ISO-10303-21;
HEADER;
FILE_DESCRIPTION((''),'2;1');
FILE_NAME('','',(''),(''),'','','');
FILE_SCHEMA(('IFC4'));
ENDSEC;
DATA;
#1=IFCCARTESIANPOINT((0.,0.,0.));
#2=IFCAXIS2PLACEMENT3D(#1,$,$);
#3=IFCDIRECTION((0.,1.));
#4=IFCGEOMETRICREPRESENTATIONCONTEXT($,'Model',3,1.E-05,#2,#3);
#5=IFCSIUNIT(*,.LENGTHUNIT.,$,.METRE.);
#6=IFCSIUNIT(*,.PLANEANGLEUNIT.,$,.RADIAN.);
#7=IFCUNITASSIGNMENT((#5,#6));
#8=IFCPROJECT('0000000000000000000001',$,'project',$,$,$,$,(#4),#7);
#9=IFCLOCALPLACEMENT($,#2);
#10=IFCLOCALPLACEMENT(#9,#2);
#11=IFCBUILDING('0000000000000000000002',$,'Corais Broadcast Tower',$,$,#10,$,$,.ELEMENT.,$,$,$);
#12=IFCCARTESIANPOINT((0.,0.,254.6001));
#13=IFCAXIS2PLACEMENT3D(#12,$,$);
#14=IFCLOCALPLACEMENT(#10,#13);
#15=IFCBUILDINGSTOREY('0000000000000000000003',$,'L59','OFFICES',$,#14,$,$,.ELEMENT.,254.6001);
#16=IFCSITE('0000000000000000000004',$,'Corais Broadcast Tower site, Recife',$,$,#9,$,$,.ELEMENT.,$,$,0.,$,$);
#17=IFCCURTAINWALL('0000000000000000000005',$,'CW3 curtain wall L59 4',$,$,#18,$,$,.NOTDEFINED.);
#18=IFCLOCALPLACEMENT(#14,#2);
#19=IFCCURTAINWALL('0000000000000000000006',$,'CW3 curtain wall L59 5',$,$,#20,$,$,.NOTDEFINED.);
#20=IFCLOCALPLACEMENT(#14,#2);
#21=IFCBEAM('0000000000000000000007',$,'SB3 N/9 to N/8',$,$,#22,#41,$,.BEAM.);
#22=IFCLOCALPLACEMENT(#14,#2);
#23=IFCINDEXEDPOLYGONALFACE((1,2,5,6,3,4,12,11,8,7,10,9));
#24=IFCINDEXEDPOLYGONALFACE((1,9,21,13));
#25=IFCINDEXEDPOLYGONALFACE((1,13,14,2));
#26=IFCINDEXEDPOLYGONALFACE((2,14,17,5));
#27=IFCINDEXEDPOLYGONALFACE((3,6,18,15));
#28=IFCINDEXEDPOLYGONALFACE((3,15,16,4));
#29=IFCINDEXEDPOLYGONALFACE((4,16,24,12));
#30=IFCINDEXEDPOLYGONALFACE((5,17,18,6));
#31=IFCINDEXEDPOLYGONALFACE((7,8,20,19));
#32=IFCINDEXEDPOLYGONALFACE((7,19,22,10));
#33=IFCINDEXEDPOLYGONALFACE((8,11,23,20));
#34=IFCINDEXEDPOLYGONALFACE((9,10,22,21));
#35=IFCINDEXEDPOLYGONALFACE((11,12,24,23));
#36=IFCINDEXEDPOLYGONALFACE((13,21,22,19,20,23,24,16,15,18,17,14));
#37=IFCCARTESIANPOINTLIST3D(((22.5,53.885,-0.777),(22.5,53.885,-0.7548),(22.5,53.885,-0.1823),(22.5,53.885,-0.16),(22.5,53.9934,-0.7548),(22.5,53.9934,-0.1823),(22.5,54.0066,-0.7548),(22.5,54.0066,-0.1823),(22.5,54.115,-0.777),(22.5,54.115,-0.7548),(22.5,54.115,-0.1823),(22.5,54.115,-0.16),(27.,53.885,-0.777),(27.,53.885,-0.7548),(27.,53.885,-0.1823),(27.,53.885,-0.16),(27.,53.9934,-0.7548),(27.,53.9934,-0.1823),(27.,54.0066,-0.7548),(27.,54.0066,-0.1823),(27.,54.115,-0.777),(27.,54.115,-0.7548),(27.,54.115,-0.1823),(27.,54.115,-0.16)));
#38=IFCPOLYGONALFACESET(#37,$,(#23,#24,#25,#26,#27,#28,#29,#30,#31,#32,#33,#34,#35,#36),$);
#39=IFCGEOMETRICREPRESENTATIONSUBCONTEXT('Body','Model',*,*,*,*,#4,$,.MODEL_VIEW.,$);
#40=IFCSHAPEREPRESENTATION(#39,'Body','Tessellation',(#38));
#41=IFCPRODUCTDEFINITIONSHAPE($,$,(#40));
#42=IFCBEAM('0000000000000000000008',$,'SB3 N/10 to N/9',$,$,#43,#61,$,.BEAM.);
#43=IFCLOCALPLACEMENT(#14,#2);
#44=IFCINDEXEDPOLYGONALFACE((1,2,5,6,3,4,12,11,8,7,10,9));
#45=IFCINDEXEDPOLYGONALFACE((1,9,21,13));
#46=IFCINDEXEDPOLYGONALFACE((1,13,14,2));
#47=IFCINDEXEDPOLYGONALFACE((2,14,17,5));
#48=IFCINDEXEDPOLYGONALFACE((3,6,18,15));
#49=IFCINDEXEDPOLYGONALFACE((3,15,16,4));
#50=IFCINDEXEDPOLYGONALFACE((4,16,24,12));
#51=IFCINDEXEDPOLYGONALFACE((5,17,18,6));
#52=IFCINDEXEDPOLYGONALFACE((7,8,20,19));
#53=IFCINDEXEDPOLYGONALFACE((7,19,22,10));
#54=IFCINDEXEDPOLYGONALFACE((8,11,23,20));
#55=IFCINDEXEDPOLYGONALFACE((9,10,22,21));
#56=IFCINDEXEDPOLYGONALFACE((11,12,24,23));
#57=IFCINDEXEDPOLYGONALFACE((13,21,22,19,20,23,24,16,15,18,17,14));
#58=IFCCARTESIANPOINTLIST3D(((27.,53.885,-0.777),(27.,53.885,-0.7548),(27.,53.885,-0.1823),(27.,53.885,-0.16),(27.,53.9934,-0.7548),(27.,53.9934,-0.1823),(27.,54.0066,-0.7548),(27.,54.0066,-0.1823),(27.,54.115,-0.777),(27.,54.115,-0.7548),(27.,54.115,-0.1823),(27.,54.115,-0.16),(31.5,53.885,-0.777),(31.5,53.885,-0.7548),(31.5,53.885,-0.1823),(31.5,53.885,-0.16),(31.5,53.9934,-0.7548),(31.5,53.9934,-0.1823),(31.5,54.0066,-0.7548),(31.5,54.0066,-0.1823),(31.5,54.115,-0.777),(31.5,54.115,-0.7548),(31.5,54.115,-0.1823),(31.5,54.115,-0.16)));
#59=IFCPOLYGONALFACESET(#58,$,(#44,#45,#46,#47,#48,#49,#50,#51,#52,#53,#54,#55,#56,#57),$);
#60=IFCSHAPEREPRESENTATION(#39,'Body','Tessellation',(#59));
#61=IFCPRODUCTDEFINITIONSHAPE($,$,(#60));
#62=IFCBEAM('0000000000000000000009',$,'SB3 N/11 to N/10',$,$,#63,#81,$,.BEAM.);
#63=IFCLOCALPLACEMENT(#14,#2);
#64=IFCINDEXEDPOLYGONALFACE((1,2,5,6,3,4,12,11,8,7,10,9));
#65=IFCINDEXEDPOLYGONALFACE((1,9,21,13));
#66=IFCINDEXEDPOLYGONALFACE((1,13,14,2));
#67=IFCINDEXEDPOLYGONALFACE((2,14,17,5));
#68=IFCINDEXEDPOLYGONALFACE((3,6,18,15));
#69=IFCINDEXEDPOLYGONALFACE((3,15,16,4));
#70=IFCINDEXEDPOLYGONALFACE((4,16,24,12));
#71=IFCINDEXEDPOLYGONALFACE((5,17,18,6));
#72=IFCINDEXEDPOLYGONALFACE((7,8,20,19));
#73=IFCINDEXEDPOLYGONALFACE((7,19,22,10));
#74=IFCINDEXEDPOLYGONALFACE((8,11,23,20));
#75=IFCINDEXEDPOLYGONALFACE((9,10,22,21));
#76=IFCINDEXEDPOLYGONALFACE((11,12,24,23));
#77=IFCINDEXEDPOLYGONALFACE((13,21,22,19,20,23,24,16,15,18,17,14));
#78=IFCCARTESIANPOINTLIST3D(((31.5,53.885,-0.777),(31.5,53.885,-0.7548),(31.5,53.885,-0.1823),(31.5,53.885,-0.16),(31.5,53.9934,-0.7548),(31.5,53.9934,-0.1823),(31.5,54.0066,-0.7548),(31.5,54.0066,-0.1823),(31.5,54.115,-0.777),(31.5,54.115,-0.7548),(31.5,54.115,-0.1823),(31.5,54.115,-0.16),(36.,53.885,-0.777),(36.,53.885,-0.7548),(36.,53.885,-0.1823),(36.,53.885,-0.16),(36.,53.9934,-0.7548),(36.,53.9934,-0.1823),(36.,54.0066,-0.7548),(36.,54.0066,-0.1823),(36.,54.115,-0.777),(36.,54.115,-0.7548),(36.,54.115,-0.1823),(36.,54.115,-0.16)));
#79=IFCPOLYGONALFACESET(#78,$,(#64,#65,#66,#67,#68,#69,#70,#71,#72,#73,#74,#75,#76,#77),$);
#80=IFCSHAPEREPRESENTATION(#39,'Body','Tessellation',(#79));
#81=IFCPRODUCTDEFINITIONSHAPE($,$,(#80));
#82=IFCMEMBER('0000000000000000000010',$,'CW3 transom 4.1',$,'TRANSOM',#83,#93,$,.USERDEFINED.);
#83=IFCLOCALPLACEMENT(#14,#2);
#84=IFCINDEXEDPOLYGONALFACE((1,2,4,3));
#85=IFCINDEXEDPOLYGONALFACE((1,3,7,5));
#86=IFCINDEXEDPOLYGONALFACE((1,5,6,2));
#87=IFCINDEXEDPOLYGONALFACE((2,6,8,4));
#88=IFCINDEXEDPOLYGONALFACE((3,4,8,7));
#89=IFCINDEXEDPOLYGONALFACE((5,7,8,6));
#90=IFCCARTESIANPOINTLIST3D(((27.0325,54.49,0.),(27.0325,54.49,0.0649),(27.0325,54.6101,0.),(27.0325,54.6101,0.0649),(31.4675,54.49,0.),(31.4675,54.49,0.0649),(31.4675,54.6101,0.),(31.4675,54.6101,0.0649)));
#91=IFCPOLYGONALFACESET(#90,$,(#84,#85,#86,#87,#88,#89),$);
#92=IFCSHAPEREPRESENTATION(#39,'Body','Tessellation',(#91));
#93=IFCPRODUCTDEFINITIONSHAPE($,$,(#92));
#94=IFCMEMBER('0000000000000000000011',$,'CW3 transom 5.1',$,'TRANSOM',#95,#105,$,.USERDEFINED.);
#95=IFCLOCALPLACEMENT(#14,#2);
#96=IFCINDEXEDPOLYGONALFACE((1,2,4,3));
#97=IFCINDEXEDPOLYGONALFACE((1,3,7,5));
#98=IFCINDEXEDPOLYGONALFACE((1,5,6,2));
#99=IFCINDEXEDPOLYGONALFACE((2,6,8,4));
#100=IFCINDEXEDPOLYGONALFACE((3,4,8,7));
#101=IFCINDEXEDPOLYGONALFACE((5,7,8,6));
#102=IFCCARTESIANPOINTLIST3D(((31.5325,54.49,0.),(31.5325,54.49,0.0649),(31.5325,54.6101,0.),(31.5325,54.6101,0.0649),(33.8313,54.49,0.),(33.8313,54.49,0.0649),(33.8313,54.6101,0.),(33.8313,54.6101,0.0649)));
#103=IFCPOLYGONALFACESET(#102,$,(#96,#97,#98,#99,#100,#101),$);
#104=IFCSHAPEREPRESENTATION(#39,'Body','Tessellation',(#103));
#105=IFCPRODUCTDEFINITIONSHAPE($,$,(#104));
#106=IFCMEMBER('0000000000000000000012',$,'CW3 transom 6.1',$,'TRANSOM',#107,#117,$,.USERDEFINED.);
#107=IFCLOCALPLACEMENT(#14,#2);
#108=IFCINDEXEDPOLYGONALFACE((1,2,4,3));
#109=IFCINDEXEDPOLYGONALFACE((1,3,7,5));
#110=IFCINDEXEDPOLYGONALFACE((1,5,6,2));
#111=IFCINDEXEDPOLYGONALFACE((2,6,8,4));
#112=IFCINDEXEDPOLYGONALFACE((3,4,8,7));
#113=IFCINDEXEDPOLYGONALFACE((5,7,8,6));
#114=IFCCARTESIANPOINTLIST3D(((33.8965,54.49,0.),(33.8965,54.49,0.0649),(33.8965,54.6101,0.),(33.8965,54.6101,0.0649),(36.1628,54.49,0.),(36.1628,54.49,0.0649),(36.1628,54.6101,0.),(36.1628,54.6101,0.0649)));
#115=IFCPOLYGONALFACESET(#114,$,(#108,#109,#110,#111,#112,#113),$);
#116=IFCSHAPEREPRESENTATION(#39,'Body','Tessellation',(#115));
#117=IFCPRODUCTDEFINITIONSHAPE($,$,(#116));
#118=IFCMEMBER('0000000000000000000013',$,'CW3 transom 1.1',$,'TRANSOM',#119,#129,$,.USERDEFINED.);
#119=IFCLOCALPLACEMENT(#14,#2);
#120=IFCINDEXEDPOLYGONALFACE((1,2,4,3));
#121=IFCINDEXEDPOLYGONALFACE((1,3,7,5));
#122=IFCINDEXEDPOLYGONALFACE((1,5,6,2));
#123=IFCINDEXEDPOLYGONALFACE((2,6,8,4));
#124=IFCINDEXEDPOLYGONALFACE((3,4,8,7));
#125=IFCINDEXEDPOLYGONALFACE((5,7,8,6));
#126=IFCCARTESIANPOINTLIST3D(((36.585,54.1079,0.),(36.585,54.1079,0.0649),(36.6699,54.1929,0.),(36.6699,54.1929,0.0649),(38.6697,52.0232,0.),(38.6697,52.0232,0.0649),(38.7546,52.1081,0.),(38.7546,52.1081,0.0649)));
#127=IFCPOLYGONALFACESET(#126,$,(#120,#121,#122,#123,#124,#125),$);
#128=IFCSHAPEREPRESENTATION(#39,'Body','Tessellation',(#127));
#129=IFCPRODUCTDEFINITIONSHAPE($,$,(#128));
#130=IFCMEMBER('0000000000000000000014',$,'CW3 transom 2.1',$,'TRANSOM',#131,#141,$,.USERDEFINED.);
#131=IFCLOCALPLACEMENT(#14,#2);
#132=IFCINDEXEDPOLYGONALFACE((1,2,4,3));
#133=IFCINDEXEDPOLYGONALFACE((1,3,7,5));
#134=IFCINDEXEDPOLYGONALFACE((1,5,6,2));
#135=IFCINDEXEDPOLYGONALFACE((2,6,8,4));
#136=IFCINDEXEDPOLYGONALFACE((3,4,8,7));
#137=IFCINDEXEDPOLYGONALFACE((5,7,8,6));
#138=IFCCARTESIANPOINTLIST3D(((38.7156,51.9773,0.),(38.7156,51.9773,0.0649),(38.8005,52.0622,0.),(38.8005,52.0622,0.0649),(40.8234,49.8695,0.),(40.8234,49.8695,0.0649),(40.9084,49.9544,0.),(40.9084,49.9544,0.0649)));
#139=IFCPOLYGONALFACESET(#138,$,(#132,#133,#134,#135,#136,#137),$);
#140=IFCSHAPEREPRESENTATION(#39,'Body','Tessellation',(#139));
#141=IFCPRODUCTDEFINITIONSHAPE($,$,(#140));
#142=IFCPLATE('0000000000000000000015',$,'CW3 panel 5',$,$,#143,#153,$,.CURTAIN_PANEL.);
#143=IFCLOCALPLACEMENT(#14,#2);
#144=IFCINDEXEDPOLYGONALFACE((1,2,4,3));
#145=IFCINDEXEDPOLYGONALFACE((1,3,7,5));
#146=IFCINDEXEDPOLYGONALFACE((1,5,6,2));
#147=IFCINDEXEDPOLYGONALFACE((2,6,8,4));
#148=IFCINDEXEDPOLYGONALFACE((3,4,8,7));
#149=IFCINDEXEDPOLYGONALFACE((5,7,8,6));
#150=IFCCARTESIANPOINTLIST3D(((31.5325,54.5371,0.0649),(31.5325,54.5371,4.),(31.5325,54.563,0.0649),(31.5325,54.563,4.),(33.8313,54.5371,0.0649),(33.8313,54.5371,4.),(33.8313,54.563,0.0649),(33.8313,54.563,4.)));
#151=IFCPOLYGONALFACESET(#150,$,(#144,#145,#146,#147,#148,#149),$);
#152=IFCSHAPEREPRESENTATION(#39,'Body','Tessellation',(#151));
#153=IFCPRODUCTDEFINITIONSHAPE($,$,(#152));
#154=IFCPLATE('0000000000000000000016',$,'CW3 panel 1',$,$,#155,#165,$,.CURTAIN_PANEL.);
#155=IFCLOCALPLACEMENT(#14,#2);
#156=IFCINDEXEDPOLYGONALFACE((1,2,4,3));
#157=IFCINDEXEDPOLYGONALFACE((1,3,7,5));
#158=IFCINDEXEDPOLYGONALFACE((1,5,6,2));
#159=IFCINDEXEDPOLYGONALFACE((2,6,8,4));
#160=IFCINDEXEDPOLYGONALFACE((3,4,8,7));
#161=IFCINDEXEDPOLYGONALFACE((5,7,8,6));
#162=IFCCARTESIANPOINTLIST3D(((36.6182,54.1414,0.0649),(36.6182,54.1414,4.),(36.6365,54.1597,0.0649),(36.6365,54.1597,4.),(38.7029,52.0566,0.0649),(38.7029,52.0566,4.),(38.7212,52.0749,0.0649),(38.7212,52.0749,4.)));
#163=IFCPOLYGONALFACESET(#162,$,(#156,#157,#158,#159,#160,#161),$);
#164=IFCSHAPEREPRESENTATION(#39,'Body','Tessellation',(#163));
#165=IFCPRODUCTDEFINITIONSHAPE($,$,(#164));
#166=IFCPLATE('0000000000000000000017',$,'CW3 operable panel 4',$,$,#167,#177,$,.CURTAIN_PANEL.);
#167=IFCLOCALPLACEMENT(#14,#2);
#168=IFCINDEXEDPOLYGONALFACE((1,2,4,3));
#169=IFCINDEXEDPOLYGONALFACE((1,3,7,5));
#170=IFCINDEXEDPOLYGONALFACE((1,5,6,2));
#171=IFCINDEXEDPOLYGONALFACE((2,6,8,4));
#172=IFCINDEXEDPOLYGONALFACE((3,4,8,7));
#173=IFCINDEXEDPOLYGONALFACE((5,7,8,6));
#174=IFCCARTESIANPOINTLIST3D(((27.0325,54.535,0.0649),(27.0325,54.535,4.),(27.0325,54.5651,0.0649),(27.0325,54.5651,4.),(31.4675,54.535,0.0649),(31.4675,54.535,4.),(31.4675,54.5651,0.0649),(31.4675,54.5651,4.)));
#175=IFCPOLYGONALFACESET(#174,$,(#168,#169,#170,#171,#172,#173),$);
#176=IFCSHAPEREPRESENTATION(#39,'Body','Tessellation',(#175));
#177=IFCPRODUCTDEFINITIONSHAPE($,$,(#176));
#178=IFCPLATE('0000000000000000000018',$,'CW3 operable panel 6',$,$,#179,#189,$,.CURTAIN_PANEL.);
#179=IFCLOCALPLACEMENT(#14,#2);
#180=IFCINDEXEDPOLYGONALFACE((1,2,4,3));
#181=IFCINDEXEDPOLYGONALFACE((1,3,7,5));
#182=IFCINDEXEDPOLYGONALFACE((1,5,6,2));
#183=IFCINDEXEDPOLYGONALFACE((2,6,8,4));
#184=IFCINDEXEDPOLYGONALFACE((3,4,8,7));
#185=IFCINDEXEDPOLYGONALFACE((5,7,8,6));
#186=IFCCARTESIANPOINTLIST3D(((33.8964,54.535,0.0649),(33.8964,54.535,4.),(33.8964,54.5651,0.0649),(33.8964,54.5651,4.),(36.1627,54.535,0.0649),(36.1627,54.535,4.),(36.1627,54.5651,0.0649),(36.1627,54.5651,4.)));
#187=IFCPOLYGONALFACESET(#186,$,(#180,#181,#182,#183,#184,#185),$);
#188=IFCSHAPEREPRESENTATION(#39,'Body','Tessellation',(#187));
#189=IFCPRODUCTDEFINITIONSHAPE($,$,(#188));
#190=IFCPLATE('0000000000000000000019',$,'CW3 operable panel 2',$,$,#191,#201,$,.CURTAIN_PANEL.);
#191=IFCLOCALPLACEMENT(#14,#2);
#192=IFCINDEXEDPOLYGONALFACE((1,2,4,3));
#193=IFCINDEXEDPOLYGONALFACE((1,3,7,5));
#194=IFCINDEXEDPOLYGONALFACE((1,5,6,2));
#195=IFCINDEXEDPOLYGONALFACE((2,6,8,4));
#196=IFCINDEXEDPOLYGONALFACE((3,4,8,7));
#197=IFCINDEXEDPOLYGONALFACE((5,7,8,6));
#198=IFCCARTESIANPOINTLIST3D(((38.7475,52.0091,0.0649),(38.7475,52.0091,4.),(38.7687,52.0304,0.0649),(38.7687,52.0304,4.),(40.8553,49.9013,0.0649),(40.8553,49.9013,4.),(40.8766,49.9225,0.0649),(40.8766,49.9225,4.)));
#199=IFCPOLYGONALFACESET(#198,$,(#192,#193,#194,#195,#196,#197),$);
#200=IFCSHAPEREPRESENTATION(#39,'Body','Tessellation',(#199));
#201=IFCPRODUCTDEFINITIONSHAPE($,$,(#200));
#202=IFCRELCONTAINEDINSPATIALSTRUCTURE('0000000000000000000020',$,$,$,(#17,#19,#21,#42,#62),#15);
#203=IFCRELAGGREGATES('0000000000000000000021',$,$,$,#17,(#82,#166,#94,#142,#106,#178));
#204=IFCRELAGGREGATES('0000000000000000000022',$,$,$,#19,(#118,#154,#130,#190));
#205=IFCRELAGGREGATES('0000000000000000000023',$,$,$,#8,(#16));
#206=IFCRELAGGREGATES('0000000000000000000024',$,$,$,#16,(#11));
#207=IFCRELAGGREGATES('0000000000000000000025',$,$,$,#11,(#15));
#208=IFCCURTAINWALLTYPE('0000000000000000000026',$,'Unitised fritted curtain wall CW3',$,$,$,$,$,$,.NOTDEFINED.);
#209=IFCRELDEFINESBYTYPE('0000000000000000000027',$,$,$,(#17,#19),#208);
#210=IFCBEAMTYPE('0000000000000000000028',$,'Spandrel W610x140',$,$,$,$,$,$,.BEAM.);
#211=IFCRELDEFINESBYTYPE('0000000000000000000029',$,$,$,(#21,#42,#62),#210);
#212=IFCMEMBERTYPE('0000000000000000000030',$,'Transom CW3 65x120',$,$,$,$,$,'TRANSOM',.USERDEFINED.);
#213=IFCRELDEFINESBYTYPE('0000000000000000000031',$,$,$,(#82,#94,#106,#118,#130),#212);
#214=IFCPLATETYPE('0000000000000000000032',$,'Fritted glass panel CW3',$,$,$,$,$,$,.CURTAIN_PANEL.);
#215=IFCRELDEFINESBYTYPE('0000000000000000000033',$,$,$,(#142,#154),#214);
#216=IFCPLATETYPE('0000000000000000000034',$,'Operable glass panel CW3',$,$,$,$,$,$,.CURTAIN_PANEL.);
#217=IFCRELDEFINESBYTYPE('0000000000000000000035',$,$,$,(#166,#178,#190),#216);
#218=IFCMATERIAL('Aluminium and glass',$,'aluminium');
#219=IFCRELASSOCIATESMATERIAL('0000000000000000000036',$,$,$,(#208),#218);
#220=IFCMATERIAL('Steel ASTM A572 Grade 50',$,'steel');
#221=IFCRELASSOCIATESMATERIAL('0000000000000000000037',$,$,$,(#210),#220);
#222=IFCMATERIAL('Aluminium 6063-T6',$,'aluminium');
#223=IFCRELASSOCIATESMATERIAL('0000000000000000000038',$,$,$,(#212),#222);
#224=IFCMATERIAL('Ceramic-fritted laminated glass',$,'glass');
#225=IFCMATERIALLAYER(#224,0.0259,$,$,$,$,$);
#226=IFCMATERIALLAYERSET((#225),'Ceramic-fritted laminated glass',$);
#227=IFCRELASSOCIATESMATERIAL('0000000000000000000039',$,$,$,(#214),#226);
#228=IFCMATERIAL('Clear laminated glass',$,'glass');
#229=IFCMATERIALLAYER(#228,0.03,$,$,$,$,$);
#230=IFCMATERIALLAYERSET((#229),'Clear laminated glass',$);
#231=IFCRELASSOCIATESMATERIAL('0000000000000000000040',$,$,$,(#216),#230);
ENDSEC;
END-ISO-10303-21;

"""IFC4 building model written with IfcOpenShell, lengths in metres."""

from ifc_helpers import new_model, si_unit, direction, frame, origin, origin_2d, place, context, subcontext, project, spatial, rectangle, i_section, extrude, material, layer, layer_set, material_profile, profile_set, type_object, element, aggregate, save


model = new_model("IFC4")

# Units and contexts
model_context = context("Model", 3, precision=1e-05, world=origin(), true_north=direction((0.0, 1.0)))
body_context = subcontext(model_context, "Body", "Model", "MODEL_VIEW")
ifc_project = project(units=[si_unit("LENGTHUNIT", "METRE"), si_unit("PLANEANGLEUNIT", "RADIAN")], contexts=[model_context])

# Site, building, storey
site_placement = place(None, origin())
site = spatial("IfcSite", under=ifc_project, at=site_placement, Name="Corais Broadcast Tower site, Recife", CompositionType="ELEMENT", RefElevation=0.0)
building_placement = place(site_placement, origin())
building = spatial("IfcBuilding", under=site, at=building_placement, Name="Corais Broadcast Tower", CompositionType="ELEMENT")
storey_placement = place(building_placement, frame((0.0, 0.0, 254.6001)))
storey = spatial("IfcBuildingStorey", under=building, at=storey_placement, Name="L59", Description="OFFICES", CompositionType="ELEMENT", Elevation=254.6001)

# Curtain walls
ifc_material_1 = material(Name="Aluminium and glass", Category="aluminium")
curtain_wall_type = type_object("IfcCurtainWallType", Name="Unitised fritted curtain wall CW3", PredefinedType="NOTDEFINED", material=ifc_material_1)
curtain_wall_1_placement = place(storey_placement, origin())
curtain_wall_1 = element("IfcCurtainWall", 1, at=curtain_wall_1_placement, inside=storey, type_object=curtain_wall_type, Name="CW3 curtain wall L59 4", PredefinedType="NOTDEFINED")
curtain_wall_2_placement = place(storey_placement, origin())
curtain_wall_2 = element("IfcCurtainWall", 2, at=curtain_wall_2_placement, inside=storey, type_object=curtain_wall_type, Name="CW3 curtain wall L59 5", PredefinedType="NOTDEFINED")

# Beams
ifc_material_2 = material(Name="Steel ASTM A572 Grade 50", Category="steel")
ifc_material_profile_1 = material_profile(ifc_material_2, i_section(OverallWidth=0.23, OverallDepth=0.6169, WebThickness=0.0132, FlangeThickness=0.0222, at=origin_2d()), Name="W610x140")
ifc_profile_set_1 = profile_set([ifc_material_profile_1], Name="Steel ASTM A572 Grade 50")
beam_type_1 = type_object("IfcBeamType", Name="Spandrel W610x140", PredefinedType="BEAM", material=ifc_profile_set_1)
for number, where, z_axis, x_axis, name in (
    (3, (27.0, 54.0, -0.4685), (-1.0, 0.0, 0.0), (0.0, -1.0, 0.0), "SB3 N/9 to N/8"),
    (4, (31.5, 54.0, -0.4685), (-1.0, 0.0, 0.0), (0.0, -1.0, 0.0), "SB3 N/10 to N/9"),
    (5, (36.0, 54.0, -0.4685), (-1.0, 0.0, 0.0), (0.0, -1.0, 0.0), "SB3 N/11 to N/10"),
):
    element("IfcBeam", number, at=place(storey_placement, frame(where, z_axis=z_axis, x_axis=x_axis)), inside=storey, type_object=beam_type_1, Name=name, PredefinedType="BEAM", context=body_context, shape_type="SweptSolid", body=[
        extrude(i_section(OverallWidth=0.23, OverallDepth=0.6169, WebThickness=0.0132, FlangeThickness=0.0222, at=origin_2d()), origin(), (0.0, 0.0, 1.0), 4.5),
    ])

# Members
ifc_material_3 = material(Name="Aluminium 6063-T6", Category="aluminium")
ifc_material_profile_2 = material_profile(ifc_material_3, rectangle(XDim=0.1201, YDim=0.0649, at=origin_2d()), Name="Transom CW3 65x120")
ifc_profile_set_2 = profile_set([ifc_material_profile_2], Name="Aluminium 6063-T6")
member_type_1 = type_object("IfcMemberType", Name="Transom CW3 65x120", ElementType="TRANSOM", PredefinedType="USERDEFINED", material=ifc_profile_set_2)
member_1_placement = place(storey_placement, frame((27.0325, 54.55, 0.0325), z_axis=(1.0, 0.0, 0.0), x_axis=(0.0, 1.0, 0.0)))
member_1 = element("IfcMember", 6, at=member_1_placement, type_object=member_type_1, Name="CW3 transom 4.1", ObjectType="TRANSOM", PredefinedType="USERDEFINED", context=body_context, shape_type="SweptSolid", body=[
    extrude(rectangle(XDim=0.1201, YDim=0.0649, at=origin_2d()), origin(), (0.0, 0.0, 1.0), 4.4351),
])
member_2_placement = place(storey_placement, frame((31.5325, 54.55, 0.0325), z_axis=(1.0, 0.0, 0.0), x_axis=(0.0, 1.0, 0.0)))
member_2 = element("IfcMember", 7, at=member_2_placement, type_object=member_type_1, Name="CW3 transom 5.1", ObjectType="TRANSOM", PredefinedType="USERDEFINED", context=body_context, shape_type="SweptSolid", body=[
    extrude(rectangle(XDim=0.1201, YDim=0.0649, at=origin_2d()), origin(), (0.0, 0.0, 1.0), 2.2988),
])
member_3_placement = place(storey_placement, frame((33.8965, 54.55, 0.0325), z_axis=(1.0, 0.0, 0.0), x_axis=(0.0, 1.0, 0.0)))
member_3 = element("IfcMember", 8, at=member_3_placement, type_object=member_type_1, Name="CW3 transom 6.1", ObjectType="TRANSOM", PredefinedType="USERDEFINED", context=body_context, shape_type="SweptSolid", body=[
    extrude(rectangle(XDim=0.1201, YDim=0.0649, at=origin_2d()), origin(), (0.0, 0.0, 1.0), 2.2664),
])
member_4_placement = place(storey_placement, frame((36.6274, 54.1504, 0.0325), z_axis=(0.707107, -0.707107, 0.0), x_axis=(0.707107, 0.707107, 0.0)))
member_4 = element("IfcMember", 9, at=member_4_placement, type_object=member_type_1, Name="CW3 transom 1.1", ObjectType="TRANSOM", PredefinedType="USERDEFINED", context=body_context, shape_type="SweptSolid", body=[
    extrude(rectangle(XDim=0.1201, YDim=0.0649, at=origin_2d()), origin(), (0.0, 0.0, 1.0), 2.9482),
])
member_5_placement = place(storey_placement, frame((38.7581, 52.0198, 0.0325), z_axis=(0.707107, -0.707107, 0.0), x_axis=(0.707107, 0.707107, 0.0)))
member_5 = element("IfcMember", 10, at=member_5_placement, type_object=member_type_1, Name="CW3 transom 2.1", ObjectType="TRANSOM", PredefinedType="USERDEFINED", context=body_context, shape_type="SweptSolid", body=[
    extrude(rectangle(XDim=0.1201, YDim=0.0649, at=origin_2d()), origin(), (0.0, 0.0, 1.0), 2.981),
])

# Plates
ifc_material_4 = material(Name="Ceramic-fritted laminated glass", Category="glass")
ifc_layer_1 = layer(ifc_material_4, 0.0259)
ifc_layer_set_1 = layer_set([ifc_layer_1], Name="Ceramic-fritted laminated glass")
plate_type_1 = type_object("IfcPlateType", Name="Fritted glass panel CW3", PredefinedType="CURTAIN_PANEL", material=ifc_layer_set_1)
plate_1_placement = place(storey_placement, frame((32.6819, 54.55, 0.0649), z_axis=(0.0, 0.0, 1.0), x_axis=(1.0, 0.0, 0.0)))
plate_1 = element("IfcPlate", 11, at=plate_1_placement, type_object=plate_type_1, Name="CW3 panel 5", PredefinedType="CURTAIN_PANEL", context=body_context, shape_type="SweptSolid", body=[
    extrude(rectangle(XDim=2.2988, YDim=0.0259, at=origin_2d()), origin(), (0.0, 0.0, 1.0), 3.9351),
])
plate_2_placement = place(storey_placement, frame((37.6697, 53.1082, 0.0649), z_axis=(0.0, 0.0, 1.0), x_axis=(0.707107, -0.707107, 0.0)))
plate_2 = element("IfcPlate", 12, at=plate_2_placement, type_object=plate_type_1, Name="CW3 panel 1", PredefinedType="CURTAIN_PANEL", context=body_context, shape_type="SweptSolid", body=[
    extrude(rectangle(XDim=2.9482, YDim=0.0259, at=origin_2d()), origin(), (0.0, 0.0, 1.0), 3.9351),
])
ifc_material_5 = material(Name="Clear laminated glass", Category="glass")
ifc_layer_2 = layer(ifc_material_5, 0.03)
ifc_layer_set_2 = layer_set([ifc_layer_2], Name="Clear laminated glass")
plate_type_2 = type_object("IfcPlateType", Name="Operable glass panel CW3", PredefinedType="CURTAIN_PANEL", material=ifc_layer_set_2)
plate_3_placement = place(storey_placement, frame((29.25, 54.55, 0.0649), z_axis=(0.0, 0.0, 1.0), x_axis=(1.0, 0.0, 0.0)))
plate_3 = element("IfcPlate", 13, at=plate_3_placement, type_object=plate_type_2, Name="CW3 operable panel 4", PredefinedType="CURTAIN_PANEL", context=body_context, shape_type="SweptSolid", body=[
    extrude(rectangle(XDim=4.4351, YDim=0.03, at=origin_2d()), origin(), (0.0, 0.0, 1.0), 3.9351),
])
plate_4_placement = place(storey_placement, frame((35.0295, 54.55, 0.0649), z_axis=(0.0, 0.0, 1.0), x_axis=(1.0, 0.0, 0.0)))
plate_4 = element("IfcPlate", 14, at=plate_4_placement, type_object=plate_type_2, Name="CW3 operable panel 6", PredefinedType="CURTAIN_PANEL", context=body_context, shape_type="SweptSolid", body=[
    extrude(rectangle(XDim=2.2664, YDim=0.03, at=origin_2d()), origin(), (0.0, 0.0, 1.0), 3.9351),
])
aggregate(curtain_wall_1, [member_1, plate_3, member_2, plate_1, member_3, plate_4])
plate_5_placement = place(storey_placement, frame((39.812, 50.9658, 0.0649), z_axis=(0.0, 0.0, 1.0), x_axis=(0.707107, -0.707107, 0.0)))
plate_5 = element("IfcPlate", 15, at=plate_5_placement, type_object=plate_type_2, Name="CW3 operable panel 2", PredefinedType="CURTAIN_PANEL", context=body_context, shape_type="SweptSolid", body=[
    extrude(rectangle(XDim=2.981, YDim=0.03, at=origin_2d()), origin(), (0.0, 0.0, 1.0), 3.9351),
])
aggregate(curtain_wall_2, [member_4, plate_2, member_5, plate_5])

save(model, "model.ifc")
